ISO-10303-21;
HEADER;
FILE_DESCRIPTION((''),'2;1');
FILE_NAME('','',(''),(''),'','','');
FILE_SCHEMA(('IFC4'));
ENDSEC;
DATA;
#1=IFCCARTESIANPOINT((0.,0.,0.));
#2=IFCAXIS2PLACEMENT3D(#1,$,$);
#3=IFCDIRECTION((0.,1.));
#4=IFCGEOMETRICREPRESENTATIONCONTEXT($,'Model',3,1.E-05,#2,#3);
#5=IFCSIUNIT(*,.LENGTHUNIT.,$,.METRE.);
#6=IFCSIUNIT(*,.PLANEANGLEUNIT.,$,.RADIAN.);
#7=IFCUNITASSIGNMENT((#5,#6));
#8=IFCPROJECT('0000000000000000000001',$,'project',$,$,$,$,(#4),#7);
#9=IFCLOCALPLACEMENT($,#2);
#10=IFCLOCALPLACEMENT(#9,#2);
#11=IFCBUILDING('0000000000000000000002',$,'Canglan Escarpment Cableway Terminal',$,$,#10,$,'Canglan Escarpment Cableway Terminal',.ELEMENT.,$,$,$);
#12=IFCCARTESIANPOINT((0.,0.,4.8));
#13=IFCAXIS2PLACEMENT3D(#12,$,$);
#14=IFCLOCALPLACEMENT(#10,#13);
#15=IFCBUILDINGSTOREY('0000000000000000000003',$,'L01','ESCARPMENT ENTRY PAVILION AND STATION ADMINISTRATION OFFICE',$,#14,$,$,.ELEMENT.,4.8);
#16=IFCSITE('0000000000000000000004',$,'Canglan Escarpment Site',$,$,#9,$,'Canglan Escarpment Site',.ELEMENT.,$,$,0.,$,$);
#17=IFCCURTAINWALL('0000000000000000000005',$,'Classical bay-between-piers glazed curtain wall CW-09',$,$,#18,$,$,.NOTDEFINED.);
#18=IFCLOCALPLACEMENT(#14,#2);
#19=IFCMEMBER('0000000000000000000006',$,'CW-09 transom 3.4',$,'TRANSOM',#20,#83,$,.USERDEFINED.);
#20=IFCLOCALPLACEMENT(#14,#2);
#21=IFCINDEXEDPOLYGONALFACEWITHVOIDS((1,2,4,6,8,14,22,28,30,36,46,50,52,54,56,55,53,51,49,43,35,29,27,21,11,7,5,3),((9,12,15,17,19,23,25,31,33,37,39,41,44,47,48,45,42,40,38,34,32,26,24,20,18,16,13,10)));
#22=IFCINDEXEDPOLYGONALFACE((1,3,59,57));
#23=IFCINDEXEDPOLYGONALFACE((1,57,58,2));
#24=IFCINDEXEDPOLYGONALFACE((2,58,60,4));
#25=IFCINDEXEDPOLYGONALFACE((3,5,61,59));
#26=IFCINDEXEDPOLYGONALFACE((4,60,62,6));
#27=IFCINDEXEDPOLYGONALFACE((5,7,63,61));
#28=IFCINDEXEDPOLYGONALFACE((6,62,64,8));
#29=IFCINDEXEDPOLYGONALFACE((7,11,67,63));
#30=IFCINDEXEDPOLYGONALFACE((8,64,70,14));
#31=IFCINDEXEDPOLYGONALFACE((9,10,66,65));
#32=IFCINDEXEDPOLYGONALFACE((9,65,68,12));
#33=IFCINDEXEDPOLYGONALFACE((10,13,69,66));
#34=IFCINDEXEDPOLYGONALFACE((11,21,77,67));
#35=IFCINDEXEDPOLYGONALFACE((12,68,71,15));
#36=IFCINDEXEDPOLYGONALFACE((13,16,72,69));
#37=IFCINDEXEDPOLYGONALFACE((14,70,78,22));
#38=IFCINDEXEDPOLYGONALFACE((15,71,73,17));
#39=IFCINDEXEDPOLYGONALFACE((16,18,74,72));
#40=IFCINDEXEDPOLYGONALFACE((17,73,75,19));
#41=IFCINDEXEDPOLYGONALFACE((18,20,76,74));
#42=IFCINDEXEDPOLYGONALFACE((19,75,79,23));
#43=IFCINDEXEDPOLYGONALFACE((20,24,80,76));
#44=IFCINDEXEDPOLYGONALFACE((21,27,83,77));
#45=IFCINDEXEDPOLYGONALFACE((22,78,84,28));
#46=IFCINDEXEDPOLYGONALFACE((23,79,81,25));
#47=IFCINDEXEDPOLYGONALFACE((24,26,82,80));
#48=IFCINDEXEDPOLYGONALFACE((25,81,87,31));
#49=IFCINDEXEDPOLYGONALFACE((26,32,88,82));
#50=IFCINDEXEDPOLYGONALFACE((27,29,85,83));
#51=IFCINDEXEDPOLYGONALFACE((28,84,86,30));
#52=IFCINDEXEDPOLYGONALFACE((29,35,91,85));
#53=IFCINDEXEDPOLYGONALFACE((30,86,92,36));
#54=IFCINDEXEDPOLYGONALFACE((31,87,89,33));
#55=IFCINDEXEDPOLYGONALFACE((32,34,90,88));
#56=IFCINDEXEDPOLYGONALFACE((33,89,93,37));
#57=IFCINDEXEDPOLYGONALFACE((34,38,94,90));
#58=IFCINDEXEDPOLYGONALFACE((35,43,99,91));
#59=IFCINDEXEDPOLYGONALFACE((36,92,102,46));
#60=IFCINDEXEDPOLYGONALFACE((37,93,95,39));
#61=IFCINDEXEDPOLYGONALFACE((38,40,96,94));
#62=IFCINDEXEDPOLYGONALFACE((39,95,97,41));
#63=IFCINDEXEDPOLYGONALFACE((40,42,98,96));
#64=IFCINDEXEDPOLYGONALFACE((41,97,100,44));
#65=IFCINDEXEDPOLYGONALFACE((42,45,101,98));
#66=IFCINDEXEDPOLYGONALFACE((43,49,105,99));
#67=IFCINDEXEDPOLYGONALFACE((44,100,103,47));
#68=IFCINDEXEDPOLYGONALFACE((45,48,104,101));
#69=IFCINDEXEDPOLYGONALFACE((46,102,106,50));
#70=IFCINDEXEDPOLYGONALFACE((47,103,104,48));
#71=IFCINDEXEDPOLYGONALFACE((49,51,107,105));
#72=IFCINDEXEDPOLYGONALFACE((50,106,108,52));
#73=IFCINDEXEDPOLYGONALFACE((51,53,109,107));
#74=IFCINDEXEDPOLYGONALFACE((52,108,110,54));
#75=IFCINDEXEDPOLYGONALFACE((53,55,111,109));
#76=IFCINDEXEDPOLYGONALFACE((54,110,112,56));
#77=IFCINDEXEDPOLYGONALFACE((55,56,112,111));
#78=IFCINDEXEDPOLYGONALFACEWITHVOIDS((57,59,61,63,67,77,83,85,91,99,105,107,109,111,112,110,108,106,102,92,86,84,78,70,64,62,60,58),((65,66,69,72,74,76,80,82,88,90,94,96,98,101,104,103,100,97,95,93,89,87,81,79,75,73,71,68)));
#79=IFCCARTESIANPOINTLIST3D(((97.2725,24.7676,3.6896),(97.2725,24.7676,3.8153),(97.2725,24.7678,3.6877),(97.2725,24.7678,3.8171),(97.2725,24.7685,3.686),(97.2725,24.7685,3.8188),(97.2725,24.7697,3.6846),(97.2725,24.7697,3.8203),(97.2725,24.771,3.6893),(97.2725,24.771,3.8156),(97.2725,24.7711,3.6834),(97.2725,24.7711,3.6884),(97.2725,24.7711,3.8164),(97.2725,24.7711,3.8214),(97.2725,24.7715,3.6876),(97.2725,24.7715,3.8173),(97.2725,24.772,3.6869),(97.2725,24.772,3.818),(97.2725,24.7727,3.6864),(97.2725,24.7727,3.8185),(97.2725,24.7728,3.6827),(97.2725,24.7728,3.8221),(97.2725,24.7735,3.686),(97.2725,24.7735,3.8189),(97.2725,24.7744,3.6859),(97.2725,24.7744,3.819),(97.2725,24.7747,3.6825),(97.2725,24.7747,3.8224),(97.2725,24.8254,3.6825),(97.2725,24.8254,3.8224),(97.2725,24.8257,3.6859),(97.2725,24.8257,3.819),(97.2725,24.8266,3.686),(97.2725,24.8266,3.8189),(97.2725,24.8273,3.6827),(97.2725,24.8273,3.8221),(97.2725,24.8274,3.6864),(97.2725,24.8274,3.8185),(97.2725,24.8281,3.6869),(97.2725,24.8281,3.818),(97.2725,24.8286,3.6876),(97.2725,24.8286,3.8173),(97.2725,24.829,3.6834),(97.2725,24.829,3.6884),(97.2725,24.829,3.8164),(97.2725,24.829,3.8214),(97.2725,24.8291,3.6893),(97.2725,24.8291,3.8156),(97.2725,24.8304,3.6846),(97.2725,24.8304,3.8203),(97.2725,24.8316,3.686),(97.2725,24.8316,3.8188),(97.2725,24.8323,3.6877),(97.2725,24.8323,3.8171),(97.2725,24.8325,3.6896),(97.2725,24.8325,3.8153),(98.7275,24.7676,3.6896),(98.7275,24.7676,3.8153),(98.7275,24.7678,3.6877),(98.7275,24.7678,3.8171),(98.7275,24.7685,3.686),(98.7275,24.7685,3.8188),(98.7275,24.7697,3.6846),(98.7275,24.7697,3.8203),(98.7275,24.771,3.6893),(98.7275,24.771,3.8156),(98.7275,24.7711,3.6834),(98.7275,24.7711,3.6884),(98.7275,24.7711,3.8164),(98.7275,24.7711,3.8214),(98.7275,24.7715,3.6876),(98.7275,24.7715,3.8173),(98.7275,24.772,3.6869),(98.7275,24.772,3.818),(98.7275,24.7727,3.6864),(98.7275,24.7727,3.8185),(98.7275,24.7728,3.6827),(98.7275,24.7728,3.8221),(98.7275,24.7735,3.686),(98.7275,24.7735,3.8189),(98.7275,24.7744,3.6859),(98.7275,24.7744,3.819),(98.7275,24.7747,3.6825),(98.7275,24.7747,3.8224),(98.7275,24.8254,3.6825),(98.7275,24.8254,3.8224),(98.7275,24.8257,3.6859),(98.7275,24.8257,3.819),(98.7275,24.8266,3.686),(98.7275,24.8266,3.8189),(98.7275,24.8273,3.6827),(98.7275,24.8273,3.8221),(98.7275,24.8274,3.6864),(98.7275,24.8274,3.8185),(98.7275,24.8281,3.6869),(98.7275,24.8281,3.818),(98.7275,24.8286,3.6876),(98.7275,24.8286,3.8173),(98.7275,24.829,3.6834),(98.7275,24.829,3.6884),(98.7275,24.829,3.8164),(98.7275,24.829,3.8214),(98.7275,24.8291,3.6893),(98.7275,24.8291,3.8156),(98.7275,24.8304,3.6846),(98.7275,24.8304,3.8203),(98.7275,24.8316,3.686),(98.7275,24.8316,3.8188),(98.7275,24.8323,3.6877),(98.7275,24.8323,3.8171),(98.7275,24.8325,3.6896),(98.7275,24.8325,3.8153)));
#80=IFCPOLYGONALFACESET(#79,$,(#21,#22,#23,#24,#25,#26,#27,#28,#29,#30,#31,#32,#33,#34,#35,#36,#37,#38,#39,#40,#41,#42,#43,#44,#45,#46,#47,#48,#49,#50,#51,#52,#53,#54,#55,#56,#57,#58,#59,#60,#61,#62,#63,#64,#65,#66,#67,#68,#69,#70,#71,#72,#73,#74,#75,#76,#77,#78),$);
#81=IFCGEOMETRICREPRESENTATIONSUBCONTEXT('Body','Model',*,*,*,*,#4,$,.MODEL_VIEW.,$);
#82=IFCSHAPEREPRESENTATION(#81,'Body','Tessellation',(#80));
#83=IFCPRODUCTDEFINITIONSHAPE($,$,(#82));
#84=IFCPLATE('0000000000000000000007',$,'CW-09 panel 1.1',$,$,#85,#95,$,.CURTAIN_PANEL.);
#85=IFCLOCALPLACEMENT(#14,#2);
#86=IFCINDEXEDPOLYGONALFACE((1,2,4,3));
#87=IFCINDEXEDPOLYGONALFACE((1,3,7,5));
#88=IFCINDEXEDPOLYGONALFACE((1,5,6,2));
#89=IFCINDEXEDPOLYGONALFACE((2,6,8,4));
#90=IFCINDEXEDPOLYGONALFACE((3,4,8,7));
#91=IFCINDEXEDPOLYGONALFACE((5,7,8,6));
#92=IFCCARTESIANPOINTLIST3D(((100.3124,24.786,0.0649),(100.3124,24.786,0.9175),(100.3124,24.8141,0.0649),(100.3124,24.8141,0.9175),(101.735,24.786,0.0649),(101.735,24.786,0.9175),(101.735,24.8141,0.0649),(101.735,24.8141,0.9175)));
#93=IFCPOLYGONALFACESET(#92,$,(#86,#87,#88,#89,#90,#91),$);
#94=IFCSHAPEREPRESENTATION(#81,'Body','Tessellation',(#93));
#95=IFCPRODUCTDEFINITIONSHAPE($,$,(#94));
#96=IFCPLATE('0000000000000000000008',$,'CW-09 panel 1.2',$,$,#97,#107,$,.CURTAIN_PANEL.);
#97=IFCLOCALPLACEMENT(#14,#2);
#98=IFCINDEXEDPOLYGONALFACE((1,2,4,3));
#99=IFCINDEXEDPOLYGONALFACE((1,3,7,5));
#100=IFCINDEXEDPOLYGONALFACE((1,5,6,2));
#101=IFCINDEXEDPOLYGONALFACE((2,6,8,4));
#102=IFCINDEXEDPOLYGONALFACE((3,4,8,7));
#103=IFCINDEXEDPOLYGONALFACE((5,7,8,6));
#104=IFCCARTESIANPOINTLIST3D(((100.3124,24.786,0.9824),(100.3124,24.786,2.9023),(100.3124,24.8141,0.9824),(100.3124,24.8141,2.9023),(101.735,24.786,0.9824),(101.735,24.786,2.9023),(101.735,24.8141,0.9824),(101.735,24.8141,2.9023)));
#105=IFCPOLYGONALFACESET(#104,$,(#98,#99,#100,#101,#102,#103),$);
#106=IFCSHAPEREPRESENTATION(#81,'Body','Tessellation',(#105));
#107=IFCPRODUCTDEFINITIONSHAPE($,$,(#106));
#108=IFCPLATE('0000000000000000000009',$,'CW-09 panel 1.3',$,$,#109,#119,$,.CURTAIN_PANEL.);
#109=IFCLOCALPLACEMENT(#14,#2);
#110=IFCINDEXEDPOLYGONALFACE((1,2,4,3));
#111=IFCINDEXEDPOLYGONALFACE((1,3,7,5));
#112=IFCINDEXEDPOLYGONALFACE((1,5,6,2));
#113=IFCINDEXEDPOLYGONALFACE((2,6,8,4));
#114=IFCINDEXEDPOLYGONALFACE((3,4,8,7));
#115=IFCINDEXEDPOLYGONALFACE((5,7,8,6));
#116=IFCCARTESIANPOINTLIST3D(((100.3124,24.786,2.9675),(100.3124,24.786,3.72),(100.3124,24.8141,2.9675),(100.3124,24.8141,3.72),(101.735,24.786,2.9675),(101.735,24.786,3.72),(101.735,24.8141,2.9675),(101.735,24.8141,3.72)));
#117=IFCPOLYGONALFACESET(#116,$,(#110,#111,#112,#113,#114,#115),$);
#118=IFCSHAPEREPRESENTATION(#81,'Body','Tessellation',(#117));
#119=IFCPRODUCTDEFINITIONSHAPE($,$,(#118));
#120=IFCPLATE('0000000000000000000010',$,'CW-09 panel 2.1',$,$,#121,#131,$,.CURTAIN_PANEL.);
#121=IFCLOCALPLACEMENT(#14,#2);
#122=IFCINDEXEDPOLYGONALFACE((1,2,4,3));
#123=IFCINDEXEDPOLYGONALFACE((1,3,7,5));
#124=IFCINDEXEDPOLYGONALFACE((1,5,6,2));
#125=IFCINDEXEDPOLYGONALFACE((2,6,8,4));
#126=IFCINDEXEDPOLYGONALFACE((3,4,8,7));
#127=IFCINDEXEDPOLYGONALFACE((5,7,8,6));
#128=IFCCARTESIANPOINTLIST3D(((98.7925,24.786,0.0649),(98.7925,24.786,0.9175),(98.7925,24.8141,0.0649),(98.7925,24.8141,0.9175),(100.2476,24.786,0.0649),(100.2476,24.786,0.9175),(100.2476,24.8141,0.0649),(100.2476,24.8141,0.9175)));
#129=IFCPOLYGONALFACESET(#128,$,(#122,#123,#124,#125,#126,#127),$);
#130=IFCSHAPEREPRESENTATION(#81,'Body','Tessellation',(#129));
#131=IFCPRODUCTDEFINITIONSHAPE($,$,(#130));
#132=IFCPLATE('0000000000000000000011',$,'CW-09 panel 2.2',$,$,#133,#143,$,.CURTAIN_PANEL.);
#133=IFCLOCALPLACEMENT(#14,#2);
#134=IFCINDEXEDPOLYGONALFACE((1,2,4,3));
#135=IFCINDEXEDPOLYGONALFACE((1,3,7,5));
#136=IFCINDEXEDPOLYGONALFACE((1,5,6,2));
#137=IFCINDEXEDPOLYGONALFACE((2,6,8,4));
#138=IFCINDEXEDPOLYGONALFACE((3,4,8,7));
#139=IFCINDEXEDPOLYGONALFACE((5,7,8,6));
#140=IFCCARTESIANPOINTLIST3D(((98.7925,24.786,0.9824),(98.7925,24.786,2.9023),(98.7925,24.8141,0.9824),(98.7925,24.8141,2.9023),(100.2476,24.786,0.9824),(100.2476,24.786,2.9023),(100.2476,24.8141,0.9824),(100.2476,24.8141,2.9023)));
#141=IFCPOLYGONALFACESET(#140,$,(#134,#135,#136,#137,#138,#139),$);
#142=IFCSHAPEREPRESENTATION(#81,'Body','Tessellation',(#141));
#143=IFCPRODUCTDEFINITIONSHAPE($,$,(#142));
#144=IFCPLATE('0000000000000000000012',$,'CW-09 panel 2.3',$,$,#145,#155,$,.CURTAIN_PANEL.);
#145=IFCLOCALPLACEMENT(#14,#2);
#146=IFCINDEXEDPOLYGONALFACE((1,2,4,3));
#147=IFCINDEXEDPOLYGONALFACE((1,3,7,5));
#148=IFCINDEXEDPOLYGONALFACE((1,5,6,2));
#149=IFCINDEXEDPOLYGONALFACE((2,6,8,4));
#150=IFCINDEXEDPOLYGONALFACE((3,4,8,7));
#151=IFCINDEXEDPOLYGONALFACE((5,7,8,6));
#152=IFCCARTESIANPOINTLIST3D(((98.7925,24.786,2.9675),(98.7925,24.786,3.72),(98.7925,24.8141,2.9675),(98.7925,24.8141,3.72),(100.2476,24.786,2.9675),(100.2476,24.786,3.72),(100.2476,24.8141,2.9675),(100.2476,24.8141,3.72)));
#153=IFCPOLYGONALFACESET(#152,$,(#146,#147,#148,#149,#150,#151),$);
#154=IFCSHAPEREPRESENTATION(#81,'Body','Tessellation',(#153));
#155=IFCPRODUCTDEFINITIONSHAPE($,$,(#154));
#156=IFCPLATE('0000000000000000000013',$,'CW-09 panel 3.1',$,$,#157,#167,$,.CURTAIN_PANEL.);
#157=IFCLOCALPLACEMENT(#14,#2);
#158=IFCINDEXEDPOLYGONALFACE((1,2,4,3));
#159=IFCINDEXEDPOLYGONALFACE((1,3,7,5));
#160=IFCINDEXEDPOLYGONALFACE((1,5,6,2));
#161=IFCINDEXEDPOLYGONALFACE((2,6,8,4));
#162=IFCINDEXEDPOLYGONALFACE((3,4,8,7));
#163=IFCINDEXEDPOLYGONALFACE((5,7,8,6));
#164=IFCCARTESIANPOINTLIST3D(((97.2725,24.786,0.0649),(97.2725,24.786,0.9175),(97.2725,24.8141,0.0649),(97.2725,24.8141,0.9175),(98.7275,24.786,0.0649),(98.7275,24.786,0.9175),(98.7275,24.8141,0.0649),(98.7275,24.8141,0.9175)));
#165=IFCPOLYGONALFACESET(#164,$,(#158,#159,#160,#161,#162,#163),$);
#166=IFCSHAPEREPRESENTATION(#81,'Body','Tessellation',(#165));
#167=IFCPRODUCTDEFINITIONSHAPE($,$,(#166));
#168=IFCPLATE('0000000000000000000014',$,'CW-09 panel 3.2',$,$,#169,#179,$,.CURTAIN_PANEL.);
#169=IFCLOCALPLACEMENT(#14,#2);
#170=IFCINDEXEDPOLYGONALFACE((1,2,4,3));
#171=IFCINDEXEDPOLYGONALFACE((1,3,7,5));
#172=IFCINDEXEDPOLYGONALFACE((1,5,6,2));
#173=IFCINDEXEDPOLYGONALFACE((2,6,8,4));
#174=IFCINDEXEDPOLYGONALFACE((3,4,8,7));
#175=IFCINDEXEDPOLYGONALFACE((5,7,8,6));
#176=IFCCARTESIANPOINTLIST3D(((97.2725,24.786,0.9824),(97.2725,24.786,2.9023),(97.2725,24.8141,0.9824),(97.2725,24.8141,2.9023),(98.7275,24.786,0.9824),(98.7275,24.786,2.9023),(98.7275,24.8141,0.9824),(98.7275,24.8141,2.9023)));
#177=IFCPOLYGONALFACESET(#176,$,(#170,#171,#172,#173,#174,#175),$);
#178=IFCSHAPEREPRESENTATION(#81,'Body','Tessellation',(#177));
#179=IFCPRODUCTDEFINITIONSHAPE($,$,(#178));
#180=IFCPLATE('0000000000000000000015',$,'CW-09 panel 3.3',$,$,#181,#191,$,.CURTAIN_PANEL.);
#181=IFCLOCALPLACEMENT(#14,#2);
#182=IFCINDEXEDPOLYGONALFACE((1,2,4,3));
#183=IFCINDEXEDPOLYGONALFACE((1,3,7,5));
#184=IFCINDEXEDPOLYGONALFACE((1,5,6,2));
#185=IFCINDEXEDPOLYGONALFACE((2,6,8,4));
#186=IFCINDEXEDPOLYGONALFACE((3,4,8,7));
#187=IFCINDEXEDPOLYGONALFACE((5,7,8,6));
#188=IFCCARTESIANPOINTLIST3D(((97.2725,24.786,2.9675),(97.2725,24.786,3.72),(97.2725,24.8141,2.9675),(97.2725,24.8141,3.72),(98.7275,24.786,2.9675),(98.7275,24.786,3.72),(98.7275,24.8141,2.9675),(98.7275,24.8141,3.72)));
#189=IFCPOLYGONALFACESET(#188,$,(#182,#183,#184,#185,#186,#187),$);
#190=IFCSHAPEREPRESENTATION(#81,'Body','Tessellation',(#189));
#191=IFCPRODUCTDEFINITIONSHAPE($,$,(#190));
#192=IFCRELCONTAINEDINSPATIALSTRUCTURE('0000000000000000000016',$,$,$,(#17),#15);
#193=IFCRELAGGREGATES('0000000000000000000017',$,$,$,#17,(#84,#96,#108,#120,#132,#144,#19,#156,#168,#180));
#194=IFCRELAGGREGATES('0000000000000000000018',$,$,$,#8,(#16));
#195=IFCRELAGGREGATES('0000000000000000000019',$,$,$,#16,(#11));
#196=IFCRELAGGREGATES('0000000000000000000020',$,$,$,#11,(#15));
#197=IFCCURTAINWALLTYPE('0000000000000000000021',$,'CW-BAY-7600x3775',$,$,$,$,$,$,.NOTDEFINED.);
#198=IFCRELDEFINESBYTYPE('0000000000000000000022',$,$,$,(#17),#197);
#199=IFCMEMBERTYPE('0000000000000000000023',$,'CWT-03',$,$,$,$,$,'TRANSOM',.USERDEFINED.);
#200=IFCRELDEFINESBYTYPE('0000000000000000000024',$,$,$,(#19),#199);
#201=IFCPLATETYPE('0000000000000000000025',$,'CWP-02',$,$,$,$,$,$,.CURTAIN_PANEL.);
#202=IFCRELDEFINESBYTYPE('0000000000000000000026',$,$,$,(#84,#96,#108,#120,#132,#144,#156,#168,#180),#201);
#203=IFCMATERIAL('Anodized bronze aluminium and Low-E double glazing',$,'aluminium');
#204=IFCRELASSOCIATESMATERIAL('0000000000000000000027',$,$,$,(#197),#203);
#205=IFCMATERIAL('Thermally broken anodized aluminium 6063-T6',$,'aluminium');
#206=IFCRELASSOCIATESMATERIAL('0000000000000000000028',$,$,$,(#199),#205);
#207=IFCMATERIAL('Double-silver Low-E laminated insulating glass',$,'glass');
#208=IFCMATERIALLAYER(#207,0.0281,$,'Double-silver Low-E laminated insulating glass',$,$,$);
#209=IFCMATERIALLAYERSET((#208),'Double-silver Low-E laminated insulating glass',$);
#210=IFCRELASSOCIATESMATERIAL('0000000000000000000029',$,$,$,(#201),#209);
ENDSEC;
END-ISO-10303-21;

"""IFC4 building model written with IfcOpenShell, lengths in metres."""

from ifc_helpers import new_model, si_unit, direction, frame, origin, origin_2d, place, context, subcontext, project, spatial, rectangle, hollow_rectangle, extrude, material, layer, layer_set, material_profile, profile_set, type_object, element, aggregate, save


model = new_model("IFC4")

# Units and contexts
model_context = context("Model", 3, precision=1e-05, world=origin(), true_north=direction((0.0, 1.0)))
body_context = subcontext(model_context, "Body", "Model", "MODEL_VIEW")
ifc_project = project(units=[si_unit("LENGTHUNIT", "METRE"), si_unit("PLANEANGLEUNIT", "RADIAN")], contexts=[model_context])

# Site, building, storey
site_placement = place(None, origin())
site = spatial("IfcSite", under=ifc_project, at=site_placement, Name="Canglan Escarpment Site", LongName="Canglan Escarpment Site", CompositionType="ELEMENT", RefElevation=0.0)
building_placement = place(site_placement, origin())
building = spatial("IfcBuilding", under=site, at=building_placement, Name="Canglan Escarpment Cableway Terminal", LongName="Canglan Escarpment Cableway Terminal", CompositionType="ELEMENT")
storey_placement = place(building_placement, frame((0.0, 0.0, 4.8)))
storey = spatial("IfcBuildingStorey", under=building, at=storey_placement, Name="L01", Description="ESCARPMENT ENTRY PAVILION AND STATION ADMINISTRATION OFFICE", CompositionType="ELEMENT", Elevation=4.8)

# Curtain wall, member, plates
ifc_material_1 = material(Name="Anodized bronze aluminium and Low-E double glazing", Category="aluminium")
curtain_wall_type = type_object("IfcCurtainWallType", Name="CW-BAY-7600x3775", PredefinedType="NOTDEFINED", material=ifc_material_1)
curtain_wall_placement = place(storey_placement, origin())
curtain_wall = element("IfcCurtainWall", 1, at=curtain_wall_placement, inside=storey, type_object=curtain_wall_type, Name="Classical bay-between-piers glazed curtain wall CW-09", PredefinedType="NOTDEFINED")
ifc_material_2 = material(Name="Thermally broken anodized aluminium 6063-T6", Category="aluminium")
ifc_material_profile_1 = material_profile(ifc_material_2, hollow_rectangle(XDim=0.0649, YDim=0.1399, WallThickness=0.0034, InnerFilletRadius=0.0034, OuterFilletRadius=0.0071, at=origin_2d()), Name="ALU-TRAN 65x140x3.5")
ifc_profile_set_1 = profile_set([ifc_material_profile_1], Name="Thermally broken anodized aluminium 6063-T6")
member_type_1 = type_object("IfcMemberType", Name="CWT-03", ElementType="TRANSOM", PredefinedType="USERDEFINED", material=ifc_profile_set_1)
member_1_placement = place(storey_placement, frame((98.7275, 24.8, 3.7524), z_axis=(-1.0, 0.0, 0.0), x_axis=(0.0, -1.0, 0.0)))
member_1 = element("IfcMember", 2, at=member_1_placement, type_object=member_type_1, Name="CW-09 transom 3.4", ObjectType="TRANSOM", PredefinedType="USERDEFINED", context=body_context, shape_type="SweptSolid", body=[
    extrude(hollow_rectangle(XDim=0.0649, YDim=0.1399, WallThickness=0.0034, InnerFilletRadius=0.0034, OuterFilletRadius=0.0071, at=origin_2d()), origin(), (0.0, 0.0, 1.0), 1.4551),
])
ifc_material_3 = material(Name="Double-silver Low-E laminated insulating glass", Category="glass")
ifc_layer = layer(ifc_material_3, 0.0281, Name="Double-silver Low-E laminated insulating glass")
ifc_layer_set = layer_set([ifc_layer], Name="Double-silver Low-E laminated insulating glass")
plate_type = type_object("IfcPlateType", Name="CWP-02", PredefinedType="CURTAIN_PANEL", material=ifc_layer_set)
plate_1_placement = place(storey_placement, frame((101.0237, 24.8, 0.0649), z_axis=(0.0, 0.0, 1.0), x_axis=(-1.0, 0.0, 0.0)))
plate_1 = element("IfcPlate", 3, at=plate_1_placement, type_object=plate_type, Name="CW-09 panel 1.1", PredefinedType="CURTAIN_PANEL", context=body_context, shape_type="SweptSolid", body=[
    extrude(rectangle(XDim=1.4226, YDim=0.0281, at=origin_2d()), origin(), (0.0, 0.0, 1.0), 0.8525),
])
plate_2_placement = place(storey_placement, frame((101.0237, 24.8, 0.9824), z_axis=(0.0, 0.0, 1.0), x_axis=(-1.0, 0.0, 0.0)))
plate_2 = element("IfcPlate", 4, at=plate_2_placement, type_object=plate_type, Name="CW-09 panel 1.2", PredefinedType="CURTAIN_PANEL", context=body_context, shape_type="SweptSolid", body=[
    extrude(rectangle(XDim=1.4226, YDim=0.0281, at=origin_2d()), origin(), (0.0, 0.0, 1.0), 1.9199),
])
plate_3_placement = place(storey_placement, frame((101.0237, 24.8, 2.9675), z_axis=(0.0, 0.0, 1.0), x_axis=(-1.0, 0.0, 0.0)))
plate_3 = element("IfcPlate", 5, at=plate_3_placement, type_object=plate_type, Name="CW-09 panel 1.3", PredefinedType="CURTAIN_PANEL", context=body_context, shape_type="SweptSolid", body=[
    extrude(rectangle(XDim=1.4226, YDim=0.0281, at=origin_2d()), origin(), (0.0, 0.0, 1.0), 0.7524),
])
plate_4_placement = place(storey_placement, frame((99.52, 24.8, 0.0649), z_axis=(0.0, 0.0, 1.0), x_axis=(-1.0, 0.0, 0.0)))
plate_4 = element("IfcPlate", 6, at=plate_4_placement, type_object=plate_type, Name="CW-09 panel 2.1", PredefinedType="CURTAIN_PANEL", context=body_context, shape_type="SweptSolid", body=[
    extrude(rectangle(XDim=1.4551, YDim=0.0281, at=origin_2d()), origin(), (0.0, 0.0, 1.0), 0.8525),
])
plate_5_placement = place(storey_placement, frame((99.52, 24.8, 0.9824), z_axis=(0.0, 0.0, 1.0), x_axis=(-1.0, 0.0, 0.0)))
plate_5 = element("IfcPlate", 7, at=plate_5_placement, type_object=plate_type, Name="CW-09 panel 2.2", PredefinedType="CURTAIN_PANEL", context=body_context, shape_type="SweptSolid", body=[
    extrude(rectangle(XDim=1.4551, YDim=0.0281, at=origin_2d()), origin(), (0.0, 0.0, 1.0), 1.9199),
])
plate_6_placement = place(storey_placement, frame((99.52, 24.8, 2.9675), z_axis=(0.0, 0.0, 1.0), x_axis=(-1.0, 0.0, 0.0)))
plate_6 = element("IfcPlate", 8, at=plate_6_placement, type_object=plate_type, Name="CW-09 panel 2.3", PredefinedType="CURTAIN_PANEL", context=body_context, shape_type="SweptSolid", body=[
    extrude(rectangle(XDim=1.4551, YDim=0.0281, at=origin_2d()), origin(), (0.0, 0.0, 1.0), 0.7524),
])
plate_7_placement = place(storey_placement, frame((98.0, 24.8, 0.0649), z_axis=(0.0, 0.0, 1.0), x_axis=(-1.0, 0.0, 0.0)))
plate_7 = element("IfcPlate", 9, at=plate_7_placement, type_object=plate_type, Name="CW-09 panel 3.1", PredefinedType="CURTAIN_PANEL", context=body_context, shape_type="SweptSolid", body=[
    extrude(rectangle(XDim=1.4551, YDim=0.0281, at=origin_2d()), origin(), (0.0, 0.0, 1.0), 0.8525),
])
plate_8_placement = place(storey_placement, frame((98.0, 24.8, 0.9824), z_axis=(0.0, 0.0, 1.0), x_axis=(-1.0, 0.0, 0.0)))
plate_8 = element("IfcPlate", 10, at=plate_8_placement, type_object=plate_type, Name="CW-09 panel 3.2", PredefinedType="CURTAIN_PANEL", context=body_context, shape_type="SweptSolid", body=[
    extrude(rectangle(XDim=1.4551, YDim=0.0281, at=origin_2d()), origin(), (0.0, 0.0, 1.0), 1.9199),
])
plate_9_placement = place(storey_placement, frame((98.0, 24.8, 2.9675), z_axis=(0.0, 0.0, 1.0), x_axis=(-1.0, 0.0, 0.0)))
plate_9 = element("IfcPlate", 11, at=plate_9_placement, type_object=plate_type, Name="CW-09 panel 3.3", PredefinedType="CURTAIN_PANEL", context=body_context, shape_type="SweptSolid", body=[
    extrude(rectangle(XDim=1.4551, YDim=0.0281, at=origin_2d()), origin(), (0.0, 0.0, 1.0), 0.7524),
])
aggregate(curtain_wall, [plate_1, plate_2, plate_3, plate_4, plate_5, plate_6, member_1, plate_7, plate_8, plate_9])

save(model, "model.ifc")
